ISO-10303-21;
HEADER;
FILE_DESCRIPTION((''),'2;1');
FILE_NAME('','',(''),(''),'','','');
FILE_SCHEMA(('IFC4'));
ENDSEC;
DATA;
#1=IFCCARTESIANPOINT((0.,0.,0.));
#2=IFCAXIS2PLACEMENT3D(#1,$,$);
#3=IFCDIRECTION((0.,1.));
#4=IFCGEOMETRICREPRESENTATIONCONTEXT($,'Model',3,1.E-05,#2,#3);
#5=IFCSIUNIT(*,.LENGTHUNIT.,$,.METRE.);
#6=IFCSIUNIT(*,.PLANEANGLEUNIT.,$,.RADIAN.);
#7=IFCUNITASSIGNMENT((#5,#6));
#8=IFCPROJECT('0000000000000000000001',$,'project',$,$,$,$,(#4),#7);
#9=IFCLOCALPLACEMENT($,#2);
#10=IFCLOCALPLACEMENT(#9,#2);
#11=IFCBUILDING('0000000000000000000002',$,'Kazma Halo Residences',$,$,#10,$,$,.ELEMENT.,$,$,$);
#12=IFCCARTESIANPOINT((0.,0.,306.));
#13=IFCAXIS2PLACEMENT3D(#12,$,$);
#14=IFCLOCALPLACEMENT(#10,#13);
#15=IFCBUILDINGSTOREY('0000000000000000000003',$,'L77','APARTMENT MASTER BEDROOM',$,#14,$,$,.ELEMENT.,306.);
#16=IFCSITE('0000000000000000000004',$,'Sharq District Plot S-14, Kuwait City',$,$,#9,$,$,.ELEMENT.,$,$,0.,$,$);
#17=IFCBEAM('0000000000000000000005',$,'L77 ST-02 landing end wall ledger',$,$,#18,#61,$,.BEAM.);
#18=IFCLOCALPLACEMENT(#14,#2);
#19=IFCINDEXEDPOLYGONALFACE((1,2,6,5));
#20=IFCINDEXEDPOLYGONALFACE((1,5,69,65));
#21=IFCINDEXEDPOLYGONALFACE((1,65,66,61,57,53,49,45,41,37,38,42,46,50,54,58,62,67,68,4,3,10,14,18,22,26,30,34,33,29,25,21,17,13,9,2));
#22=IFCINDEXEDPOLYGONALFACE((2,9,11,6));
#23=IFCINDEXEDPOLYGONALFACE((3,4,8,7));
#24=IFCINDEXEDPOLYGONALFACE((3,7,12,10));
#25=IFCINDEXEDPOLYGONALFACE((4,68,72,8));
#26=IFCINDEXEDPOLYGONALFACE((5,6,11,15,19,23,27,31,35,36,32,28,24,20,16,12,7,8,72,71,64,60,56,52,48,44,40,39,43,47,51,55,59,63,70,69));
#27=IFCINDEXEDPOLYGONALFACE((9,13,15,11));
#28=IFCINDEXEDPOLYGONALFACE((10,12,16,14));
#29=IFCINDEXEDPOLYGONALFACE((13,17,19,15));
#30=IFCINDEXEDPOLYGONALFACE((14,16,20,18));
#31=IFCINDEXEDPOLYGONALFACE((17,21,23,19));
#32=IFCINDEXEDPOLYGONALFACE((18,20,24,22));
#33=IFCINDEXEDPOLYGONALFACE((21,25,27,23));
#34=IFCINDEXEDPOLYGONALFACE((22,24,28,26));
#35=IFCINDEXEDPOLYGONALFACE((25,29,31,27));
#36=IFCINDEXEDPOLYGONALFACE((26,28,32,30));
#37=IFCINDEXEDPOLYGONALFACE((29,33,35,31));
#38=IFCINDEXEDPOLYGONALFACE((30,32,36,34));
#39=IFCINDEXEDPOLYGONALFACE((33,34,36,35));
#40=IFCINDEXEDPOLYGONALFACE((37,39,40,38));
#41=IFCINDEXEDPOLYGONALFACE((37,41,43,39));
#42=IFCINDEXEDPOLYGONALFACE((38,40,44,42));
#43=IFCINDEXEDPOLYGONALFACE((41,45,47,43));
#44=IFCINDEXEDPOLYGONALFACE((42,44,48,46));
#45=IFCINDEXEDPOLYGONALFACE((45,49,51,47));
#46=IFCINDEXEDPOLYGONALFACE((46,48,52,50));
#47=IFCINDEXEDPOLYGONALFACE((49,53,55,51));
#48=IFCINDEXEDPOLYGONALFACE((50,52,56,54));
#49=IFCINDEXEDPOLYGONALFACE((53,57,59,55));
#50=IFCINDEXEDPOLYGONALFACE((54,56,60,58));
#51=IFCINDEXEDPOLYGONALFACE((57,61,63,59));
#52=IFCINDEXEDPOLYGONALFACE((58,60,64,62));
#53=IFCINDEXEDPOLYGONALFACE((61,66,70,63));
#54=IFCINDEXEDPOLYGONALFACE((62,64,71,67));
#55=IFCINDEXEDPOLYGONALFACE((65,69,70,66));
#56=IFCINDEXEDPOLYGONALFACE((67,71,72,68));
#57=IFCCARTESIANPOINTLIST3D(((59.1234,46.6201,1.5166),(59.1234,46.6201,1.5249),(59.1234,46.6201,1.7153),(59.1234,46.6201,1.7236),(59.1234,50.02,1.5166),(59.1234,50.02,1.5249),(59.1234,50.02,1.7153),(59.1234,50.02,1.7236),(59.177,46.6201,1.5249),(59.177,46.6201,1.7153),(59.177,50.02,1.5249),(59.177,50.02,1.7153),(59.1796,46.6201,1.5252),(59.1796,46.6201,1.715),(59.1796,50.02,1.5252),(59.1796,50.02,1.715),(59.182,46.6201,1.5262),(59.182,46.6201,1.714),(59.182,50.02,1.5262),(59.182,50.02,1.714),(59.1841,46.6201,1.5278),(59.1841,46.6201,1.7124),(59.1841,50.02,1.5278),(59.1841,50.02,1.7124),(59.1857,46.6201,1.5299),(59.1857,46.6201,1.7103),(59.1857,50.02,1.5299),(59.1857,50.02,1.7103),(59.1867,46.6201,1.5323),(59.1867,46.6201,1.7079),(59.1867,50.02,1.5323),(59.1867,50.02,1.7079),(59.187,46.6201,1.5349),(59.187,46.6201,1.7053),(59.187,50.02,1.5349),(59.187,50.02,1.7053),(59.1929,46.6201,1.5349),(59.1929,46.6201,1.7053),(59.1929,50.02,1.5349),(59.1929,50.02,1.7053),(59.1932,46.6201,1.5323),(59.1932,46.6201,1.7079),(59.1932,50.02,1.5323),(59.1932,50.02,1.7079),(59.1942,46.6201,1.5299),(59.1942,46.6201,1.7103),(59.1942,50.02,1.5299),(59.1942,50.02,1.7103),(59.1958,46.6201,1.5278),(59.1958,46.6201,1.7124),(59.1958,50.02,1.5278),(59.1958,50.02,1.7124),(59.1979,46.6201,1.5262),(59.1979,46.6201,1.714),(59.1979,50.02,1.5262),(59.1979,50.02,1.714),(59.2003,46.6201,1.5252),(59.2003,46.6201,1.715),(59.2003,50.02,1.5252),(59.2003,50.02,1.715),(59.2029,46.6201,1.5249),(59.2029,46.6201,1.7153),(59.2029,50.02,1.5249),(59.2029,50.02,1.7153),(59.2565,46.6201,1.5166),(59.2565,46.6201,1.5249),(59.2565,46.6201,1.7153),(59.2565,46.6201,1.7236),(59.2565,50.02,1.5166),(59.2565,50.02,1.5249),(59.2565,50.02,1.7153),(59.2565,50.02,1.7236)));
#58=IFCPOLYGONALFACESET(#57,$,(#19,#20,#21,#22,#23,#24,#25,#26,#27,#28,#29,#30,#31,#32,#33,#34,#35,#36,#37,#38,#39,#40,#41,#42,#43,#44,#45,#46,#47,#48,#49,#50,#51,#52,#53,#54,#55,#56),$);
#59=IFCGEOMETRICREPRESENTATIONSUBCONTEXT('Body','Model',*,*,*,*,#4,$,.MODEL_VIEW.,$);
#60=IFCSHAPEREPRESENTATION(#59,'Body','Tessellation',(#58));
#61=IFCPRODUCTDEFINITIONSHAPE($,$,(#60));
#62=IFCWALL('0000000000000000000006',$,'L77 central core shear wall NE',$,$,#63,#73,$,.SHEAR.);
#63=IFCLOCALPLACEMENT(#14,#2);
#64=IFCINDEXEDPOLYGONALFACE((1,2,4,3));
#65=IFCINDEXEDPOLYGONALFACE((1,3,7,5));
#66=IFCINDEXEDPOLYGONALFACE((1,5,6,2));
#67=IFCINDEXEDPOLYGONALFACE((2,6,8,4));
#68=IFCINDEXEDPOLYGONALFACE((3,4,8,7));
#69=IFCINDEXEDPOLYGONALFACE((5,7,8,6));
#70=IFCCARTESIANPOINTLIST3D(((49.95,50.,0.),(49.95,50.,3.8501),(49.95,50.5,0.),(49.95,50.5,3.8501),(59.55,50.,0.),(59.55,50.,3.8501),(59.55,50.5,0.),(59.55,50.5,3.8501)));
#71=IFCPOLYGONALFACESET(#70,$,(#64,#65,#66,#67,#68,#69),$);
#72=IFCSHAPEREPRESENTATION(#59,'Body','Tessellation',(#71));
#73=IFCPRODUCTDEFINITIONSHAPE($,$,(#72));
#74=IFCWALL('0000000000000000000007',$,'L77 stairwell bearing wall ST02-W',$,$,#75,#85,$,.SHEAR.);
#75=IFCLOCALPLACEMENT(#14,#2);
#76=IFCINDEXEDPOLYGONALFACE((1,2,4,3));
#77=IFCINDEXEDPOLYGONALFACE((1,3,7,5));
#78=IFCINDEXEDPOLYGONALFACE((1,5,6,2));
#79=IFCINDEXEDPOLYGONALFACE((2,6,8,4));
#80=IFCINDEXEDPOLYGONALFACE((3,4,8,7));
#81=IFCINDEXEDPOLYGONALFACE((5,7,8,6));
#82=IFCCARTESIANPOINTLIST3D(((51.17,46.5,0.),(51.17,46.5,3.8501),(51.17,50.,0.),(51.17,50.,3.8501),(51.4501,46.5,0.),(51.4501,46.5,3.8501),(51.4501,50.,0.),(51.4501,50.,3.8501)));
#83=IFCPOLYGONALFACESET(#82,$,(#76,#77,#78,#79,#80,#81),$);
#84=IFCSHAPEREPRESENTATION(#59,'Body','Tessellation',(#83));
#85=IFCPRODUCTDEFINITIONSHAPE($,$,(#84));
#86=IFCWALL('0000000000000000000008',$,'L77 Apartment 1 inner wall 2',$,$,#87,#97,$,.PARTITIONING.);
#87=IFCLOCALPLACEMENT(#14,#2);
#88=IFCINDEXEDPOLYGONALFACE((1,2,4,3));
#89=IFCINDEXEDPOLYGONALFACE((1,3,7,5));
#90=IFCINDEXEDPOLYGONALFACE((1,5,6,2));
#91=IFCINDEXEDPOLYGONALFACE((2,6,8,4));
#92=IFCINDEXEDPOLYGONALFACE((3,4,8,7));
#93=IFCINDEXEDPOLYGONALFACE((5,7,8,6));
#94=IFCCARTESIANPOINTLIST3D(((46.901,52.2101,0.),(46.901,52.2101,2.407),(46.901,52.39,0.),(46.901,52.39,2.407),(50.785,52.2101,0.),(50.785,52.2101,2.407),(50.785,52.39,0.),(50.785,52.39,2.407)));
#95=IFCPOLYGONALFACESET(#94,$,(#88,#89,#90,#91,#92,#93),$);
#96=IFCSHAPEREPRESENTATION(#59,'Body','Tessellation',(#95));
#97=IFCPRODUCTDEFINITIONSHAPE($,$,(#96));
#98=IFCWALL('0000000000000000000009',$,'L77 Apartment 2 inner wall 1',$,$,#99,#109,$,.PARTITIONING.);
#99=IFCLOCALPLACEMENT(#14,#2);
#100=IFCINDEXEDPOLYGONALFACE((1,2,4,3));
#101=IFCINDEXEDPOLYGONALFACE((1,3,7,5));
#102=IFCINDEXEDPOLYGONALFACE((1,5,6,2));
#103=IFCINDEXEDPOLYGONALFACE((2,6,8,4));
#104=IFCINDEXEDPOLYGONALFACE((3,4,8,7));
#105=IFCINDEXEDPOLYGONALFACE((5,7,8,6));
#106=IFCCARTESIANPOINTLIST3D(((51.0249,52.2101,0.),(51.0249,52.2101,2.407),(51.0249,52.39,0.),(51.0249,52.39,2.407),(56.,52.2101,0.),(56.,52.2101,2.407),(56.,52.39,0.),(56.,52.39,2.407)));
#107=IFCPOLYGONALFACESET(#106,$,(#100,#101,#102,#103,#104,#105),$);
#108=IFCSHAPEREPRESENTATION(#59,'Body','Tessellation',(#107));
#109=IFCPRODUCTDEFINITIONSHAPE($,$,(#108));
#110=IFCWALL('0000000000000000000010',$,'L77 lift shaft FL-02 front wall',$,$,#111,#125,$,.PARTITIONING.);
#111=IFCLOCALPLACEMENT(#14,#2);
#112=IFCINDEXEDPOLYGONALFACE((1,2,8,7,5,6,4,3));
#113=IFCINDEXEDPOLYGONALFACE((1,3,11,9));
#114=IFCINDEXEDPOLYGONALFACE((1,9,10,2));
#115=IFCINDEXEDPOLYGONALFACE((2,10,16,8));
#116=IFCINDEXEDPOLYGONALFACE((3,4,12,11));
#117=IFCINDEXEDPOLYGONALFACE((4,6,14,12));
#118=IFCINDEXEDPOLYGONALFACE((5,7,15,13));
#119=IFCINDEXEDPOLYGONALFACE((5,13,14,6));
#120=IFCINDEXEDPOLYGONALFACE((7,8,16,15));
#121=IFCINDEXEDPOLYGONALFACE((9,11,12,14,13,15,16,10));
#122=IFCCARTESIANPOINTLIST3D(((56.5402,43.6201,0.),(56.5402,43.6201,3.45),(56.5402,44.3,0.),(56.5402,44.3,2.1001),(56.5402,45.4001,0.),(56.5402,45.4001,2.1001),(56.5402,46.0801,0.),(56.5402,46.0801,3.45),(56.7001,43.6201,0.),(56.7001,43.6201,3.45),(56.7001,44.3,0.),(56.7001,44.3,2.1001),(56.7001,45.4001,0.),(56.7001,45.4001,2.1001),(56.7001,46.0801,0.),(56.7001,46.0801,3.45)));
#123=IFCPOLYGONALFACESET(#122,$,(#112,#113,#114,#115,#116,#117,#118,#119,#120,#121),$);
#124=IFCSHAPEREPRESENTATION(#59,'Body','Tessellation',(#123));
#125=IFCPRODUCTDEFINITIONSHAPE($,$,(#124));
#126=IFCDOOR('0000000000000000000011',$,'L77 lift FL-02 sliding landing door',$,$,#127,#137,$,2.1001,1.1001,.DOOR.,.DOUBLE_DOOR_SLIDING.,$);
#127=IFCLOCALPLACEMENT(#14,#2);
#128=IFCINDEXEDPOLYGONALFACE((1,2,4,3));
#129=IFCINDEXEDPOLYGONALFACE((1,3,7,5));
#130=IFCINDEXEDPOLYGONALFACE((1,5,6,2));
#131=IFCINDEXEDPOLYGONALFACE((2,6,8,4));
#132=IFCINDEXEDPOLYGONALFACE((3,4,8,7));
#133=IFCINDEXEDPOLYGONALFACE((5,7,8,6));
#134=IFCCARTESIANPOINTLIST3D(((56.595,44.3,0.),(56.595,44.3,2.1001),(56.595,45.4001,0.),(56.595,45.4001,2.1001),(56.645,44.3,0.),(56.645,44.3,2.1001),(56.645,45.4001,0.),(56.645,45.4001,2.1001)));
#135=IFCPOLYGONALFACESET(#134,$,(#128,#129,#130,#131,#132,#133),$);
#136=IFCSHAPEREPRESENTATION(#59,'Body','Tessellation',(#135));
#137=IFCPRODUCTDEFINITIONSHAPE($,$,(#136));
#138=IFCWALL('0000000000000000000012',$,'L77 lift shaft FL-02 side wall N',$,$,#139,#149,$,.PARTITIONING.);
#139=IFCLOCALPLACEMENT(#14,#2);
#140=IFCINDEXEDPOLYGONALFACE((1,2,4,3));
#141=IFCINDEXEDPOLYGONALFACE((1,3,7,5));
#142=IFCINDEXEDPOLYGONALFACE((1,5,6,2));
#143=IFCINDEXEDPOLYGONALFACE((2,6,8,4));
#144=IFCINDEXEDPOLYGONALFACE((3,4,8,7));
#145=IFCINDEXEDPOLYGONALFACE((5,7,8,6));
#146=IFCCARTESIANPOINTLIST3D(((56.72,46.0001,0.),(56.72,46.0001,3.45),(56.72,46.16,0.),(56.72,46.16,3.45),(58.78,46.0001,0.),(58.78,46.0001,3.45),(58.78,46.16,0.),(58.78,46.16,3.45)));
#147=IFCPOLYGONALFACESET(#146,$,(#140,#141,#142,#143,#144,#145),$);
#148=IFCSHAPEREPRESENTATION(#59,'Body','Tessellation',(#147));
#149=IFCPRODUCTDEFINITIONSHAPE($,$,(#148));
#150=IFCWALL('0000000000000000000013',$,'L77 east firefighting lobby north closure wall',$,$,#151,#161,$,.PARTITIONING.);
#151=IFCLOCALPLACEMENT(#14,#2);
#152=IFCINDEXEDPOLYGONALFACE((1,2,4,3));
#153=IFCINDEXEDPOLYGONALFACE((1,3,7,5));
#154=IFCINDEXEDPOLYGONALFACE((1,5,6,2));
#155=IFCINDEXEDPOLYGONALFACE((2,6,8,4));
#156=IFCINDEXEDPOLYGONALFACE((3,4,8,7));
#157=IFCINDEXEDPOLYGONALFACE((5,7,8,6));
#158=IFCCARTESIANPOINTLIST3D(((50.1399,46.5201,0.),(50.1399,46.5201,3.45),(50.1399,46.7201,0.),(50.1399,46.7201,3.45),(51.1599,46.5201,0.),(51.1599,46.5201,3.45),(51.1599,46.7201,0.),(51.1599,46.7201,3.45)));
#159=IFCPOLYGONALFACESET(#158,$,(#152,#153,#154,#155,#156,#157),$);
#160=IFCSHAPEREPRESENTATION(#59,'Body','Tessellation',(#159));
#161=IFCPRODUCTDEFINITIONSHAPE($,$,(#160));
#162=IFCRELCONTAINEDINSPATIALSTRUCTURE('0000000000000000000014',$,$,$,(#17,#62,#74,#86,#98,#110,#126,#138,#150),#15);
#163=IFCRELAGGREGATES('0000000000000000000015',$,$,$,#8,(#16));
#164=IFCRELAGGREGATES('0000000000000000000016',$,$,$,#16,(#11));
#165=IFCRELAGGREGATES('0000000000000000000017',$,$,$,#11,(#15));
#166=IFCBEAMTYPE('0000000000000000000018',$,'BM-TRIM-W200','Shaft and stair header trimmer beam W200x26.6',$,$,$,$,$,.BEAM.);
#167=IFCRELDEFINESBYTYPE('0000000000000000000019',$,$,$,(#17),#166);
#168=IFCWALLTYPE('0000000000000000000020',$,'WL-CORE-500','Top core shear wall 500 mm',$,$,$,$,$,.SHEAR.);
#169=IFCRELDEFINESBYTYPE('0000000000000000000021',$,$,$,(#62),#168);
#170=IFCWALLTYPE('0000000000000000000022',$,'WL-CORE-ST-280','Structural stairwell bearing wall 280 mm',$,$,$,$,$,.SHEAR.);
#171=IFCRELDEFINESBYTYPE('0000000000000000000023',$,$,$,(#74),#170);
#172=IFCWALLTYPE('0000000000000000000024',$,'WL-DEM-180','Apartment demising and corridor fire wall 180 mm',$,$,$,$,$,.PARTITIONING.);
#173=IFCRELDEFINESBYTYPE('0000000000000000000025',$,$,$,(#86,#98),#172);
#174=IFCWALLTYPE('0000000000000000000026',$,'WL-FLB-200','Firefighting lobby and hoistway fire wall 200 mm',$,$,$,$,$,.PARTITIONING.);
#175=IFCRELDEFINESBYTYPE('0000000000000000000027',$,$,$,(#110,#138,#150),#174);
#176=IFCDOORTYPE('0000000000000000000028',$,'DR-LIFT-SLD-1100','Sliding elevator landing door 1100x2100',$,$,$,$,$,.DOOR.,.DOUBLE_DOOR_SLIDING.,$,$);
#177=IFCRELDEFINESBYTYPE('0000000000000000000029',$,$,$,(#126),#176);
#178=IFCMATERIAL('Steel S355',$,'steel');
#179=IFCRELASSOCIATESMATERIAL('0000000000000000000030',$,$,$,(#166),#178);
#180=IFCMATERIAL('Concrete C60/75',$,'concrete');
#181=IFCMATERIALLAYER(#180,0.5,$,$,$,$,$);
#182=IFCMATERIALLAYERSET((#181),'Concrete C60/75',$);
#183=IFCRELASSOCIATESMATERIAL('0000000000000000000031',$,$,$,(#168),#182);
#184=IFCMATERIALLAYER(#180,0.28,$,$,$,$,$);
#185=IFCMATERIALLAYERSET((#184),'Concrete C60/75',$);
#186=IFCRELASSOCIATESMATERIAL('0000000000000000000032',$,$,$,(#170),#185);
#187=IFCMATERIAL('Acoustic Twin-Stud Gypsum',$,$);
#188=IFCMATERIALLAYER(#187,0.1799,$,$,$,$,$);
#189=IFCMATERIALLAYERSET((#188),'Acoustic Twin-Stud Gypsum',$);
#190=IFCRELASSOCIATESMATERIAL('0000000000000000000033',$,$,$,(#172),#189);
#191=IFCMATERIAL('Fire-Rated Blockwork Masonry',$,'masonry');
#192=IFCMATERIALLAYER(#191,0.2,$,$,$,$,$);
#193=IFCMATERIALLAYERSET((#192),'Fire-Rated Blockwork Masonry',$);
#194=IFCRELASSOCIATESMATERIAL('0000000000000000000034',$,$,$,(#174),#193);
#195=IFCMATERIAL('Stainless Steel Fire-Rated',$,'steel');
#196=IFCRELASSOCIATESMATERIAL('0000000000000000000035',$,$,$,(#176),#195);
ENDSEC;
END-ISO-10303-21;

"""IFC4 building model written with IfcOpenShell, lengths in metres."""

from ifc_helpers import new_model, si_unit, direction, frame, frame_2d, origin, origin_2d, place, context, subcontext, project, spatial, rectangle, i_section, extrude, material, layer, layer_set, material_profile, profile_set, type_object, element, fill, save


model = new_model("IFC4")

# Units and contexts
model_context = context("Model", 3, precision=1e-05, world=origin(), true_north=direction((0.0, 1.0)))
body_context = subcontext(model_context, "Body", "Model", "MODEL_VIEW")
ifc_project = project(units=[si_unit("LENGTHUNIT", "METRE"), si_unit("PLANEANGLEUNIT", "RADIAN")], contexts=[model_context])

# Site, building, storey
site_placement = place(None, origin())
site = spatial("IfcSite", under=ifc_project, at=site_placement, Name="Sharq District Plot S-14, Kuwait City", CompositionType="ELEMENT", RefElevation=0.0)
building_placement = place(site_placement, origin())
building = spatial("IfcBuilding", under=site, at=building_placement, Name="Kazma Halo Residences", CompositionType="ELEMENT")
storey_placement = place(building_placement, frame((0.0, 0.0, 306.0)))
storey = spatial("IfcBuildingStorey", under=building, at=storey_placement, Name="L77", Description="APARTMENT MASTER BEDROOM", CompositionType="ELEMENT", Elevation=306.0)

# Shared definitions
ifc_material_1 = material(Name="Steel S355", Category="steel")

# Beam
ifc_material_profile_1 = material_profile(ifc_material_1, i_section(OverallWidth=0.1331, OverallDepth=0.207, WebThickness=0.0059, FlangeThickness=0.0083, FilletRadius=0.01, at=origin_2d()), Name="W200x26.6")
ifc_profile_set_1 = profile_set([ifc_material_profile_1], Name="Steel S355")
beam_type_1 = type_object("IfcBeamType", Name="BM-TRIM-W200", Description="Shaft and stair header trimmer beam W200x26.6", PredefinedType="BEAM", material=ifc_profile_set_1)
beam_1_placement = place(storey_placement, frame((59.1899, 46.6201, 1.6201), z_axis=(0.0, 1.0, 0.0), x_axis=(-1.0, 0.0, 0.0)))
element("IfcBeam", 1, at=beam_1_placement, inside=storey, type_object=beam_type_1, Name="L77 ST-02 landing end wall ledger", PredefinedType="BEAM", context=body_context, shape_type="SweptSolid", body=[
    extrude(i_section(OverallWidth=0.1331, OverallDepth=0.207, WebThickness=0.0059, FlangeThickness=0.0083, FilletRadius=0.01, at=origin_2d()), origin(), (0.0, 0.0, 1.0), 3.3999),
])

# Walls
ifc_material_2 = material(Name="Concrete C60/75", Category="concrete")
ifc_layer_1 = layer(ifc_material_2, 0.5)
ifc_layer_set_1 = layer_set([ifc_layer_1], Name="Concrete C60/75")
wall_type_1 = type_object("IfcWallType", Name="WL-CORE-500", Description="Top core shear wall 500 mm", PredefinedType="SHEAR", material=ifc_layer_set_1)
wall_1_placement = place(storey_placement, frame((49.95, 50.25, 0.0), z_axis=(0.0, 0.0, 1.0), x_axis=(1.0, 0.0, 0.0)))
element("IfcWall", 2, at=wall_1_placement, inside=storey, type_object=wall_type_1, Name="L77 central core shear wall NE", PredefinedType="SHEAR", context=body_context, shape_type="SweptSolid", body=[
    extrude(rectangle(XDim=9.6001, YDim=0.5, at=frame_2d((4.8, 0.0))), origin(), (0.0, 0.0, 1.0), 3.8501),
])
ifc_layer_2 = layer(ifc_material_2, 0.28)
ifc_layer_set_2 = layer_set([ifc_layer_2], Name="Concrete C60/75")
wall_type_2 = type_object("IfcWallType", Name="WL-CORE-ST-280", Description="Structural stairwell bearing wall 280 mm", PredefinedType="SHEAR", material=ifc_layer_set_2)
wall_2_placement = place(storey_placement, frame((51.3101, 46.5, 0.0), z_axis=(0.0, 0.0, 1.0), x_axis=(0.0, 1.0, 0.0)))
element("IfcWall", 3, at=wall_2_placement, inside=storey, type_object=wall_type_2, Name="L77 stairwell bearing wall ST02-W", PredefinedType="SHEAR", context=body_context, shape_type="SweptSolid", body=[
    extrude(rectangle(XDim=3.5, YDim=0.28, at=frame_2d((1.75, 0.0))), origin(), (0.0, 0.0, 1.0), 3.8501),
])
ifc_material_3 = material(Name="Acoustic Twin-Stud Gypsum")
ifc_layer_3 = layer(ifc_material_3, 0.1799)
ifc_layer_set_3 = layer_set([ifc_layer_3], Name="Acoustic Twin-Stud Gypsum")
wall_type_3 = type_object("IfcWallType", Name="WL-DEM-180", Description="Apartment demising and corridor fire wall 180 mm", PredefinedType="PARTITIONING", material=ifc_layer_set_3)
wall_3_placement = place(storey_placement, frame((50.7849, 52.3, 0.0), z_axis=(0.0, 0.0, 1.0), x_axis=(-1.0, 0.0, 0.0)))
element("IfcWall", 4, at=wall_3_placement, inside=storey, type_object=wall_type_3, Name="L77 Apartment 1 inner wall 2", PredefinedType="PARTITIONING", context=body_context, shape_type="SweptSolid", body=[
    extrude(rectangle(XDim=3.884, YDim=0.1799, at=frame_2d((1.9419, 0.0))), origin(), (0.0, 0.0, 1.0), 2.407),
])
wall_4_placement = place(storey_placement, frame((56.0, 52.3, 0.0), z_axis=(0.0, 0.0, 1.0), x_axis=(-1.0, 0.0, 0.0)))
element("IfcWall", 5, at=wall_4_placement, inside=storey, type_object=wall_type_3, Name="L77 Apartment 2 inner wall 1", PredefinedType="PARTITIONING", context=body_context, shape_type="SweptSolid", body=[
    extrude(rectangle(XDim=4.9751, YDim=0.1799, at=frame_2d((2.4875, 0.0))), origin(), (0.0, 0.0, 1.0), 2.407),
])

# Wall, opening, door
ifc_material_4 = material(Name="Fire-Rated Blockwork Masonry", Category="masonry")
ifc_layer_4 = layer(ifc_material_4, 0.2)
ifc_layer_set_4 = layer_set([ifc_layer_4], Name="Fire-Rated Blockwork Masonry")
wall_type_4 = type_object("IfcWallType", Name="WL-FLB-200", Description="Firefighting lobby and hoistway fire wall 200 mm", PredefinedType="PARTITIONING", material=ifc_layer_set_4)
wall_5_placement = place(storey_placement, frame((56.6201, 46.0801, 0.0), z_axis=(0.0, 0.0, 1.0), x_axis=(0.0, -1.0, 0.0)))
wall_5 = element("IfcWall", 6, at=wall_5_placement, inside=storey, type_object=wall_type_4, Name="L77 lift shaft FL-02 front wall", PredefinedType="PARTITIONING", context=body_context, shape_type="SweptSolid", body=[
    extrude(rectangle(XDim=2.46, YDim=0.1599, at=frame_2d((1.23, 0.0))), origin(), (0.0, 0.0, 1.0), 3.45),
])
opening_1_placement = place(wall_5_placement, frame((0.6799, 0.0, 0.0)))
opening_1 = element("IfcOpeningElement", 7, at=opening_1_placement, cuts=wall_5, PredefinedType="OPENING", context=body_context, shape_type="SweptSolid", body=[
    extrude(rectangle(XDim=1.1001, YDim=2.1001, at=frame_2d((0.55, 1.05))), frame((0.0, 0.0898, 0.0), z_axis=(0.0, -1.0, 0.0), x_axis=(1.0, 0.0, 0.0)), (0.0, 0.0, 1.0), 0.1799),
])
ifc_material_5 = material(Name="Stainless Steel Fire-Rated", Category="steel")
door_type_1 = type_object("IfcDoorType", Name="DR-LIFT-SLD-1100", Description="Sliding elevator landing door 1100x2100", OperationType="DOUBLE_DOOR_SLIDING", PredefinedType="DOOR", material=ifc_material_5)
door_1_placement = place(opening_1_placement, origin())
door_1 = element("IfcDoor", 8, at=door_1_placement, inside=storey, type_object=door_type_1, Name="L77 lift FL-02 sliding landing door", OperationType="DOUBLE_DOOR_SLIDING", OverallHeight=2.1001, OverallWidth=1.1001, PredefinedType="DOOR", context=body_context, shape_type="SweptSolid", body=[
    extrude(rectangle(XDim=1.1001, YDim=2.1001, at=frame_2d((0.55, 1.05))), frame((0.0, 0.0249, 0.0), z_axis=(0.0, -1.0, 0.0), x_axis=(1.0, 0.0, 0.0)), (0.0, 0.0, 1.0), 0.05),
])
fill(opening_1, door_1)

# Walls
wall_6_placement = place(storey_placement, frame((56.72, 46.0801, 0.0), z_axis=(0.0, 0.0, 1.0), x_axis=(1.0, 0.0, 0.0)))
element("IfcWall", 9, at=wall_6_placement, inside=storey, type_object=wall_type_4, Name="L77 lift shaft FL-02 side wall N", PredefinedType="PARTITIONING", context=body_context, shape_type="SweptSolid", body=[
    extrude(rectangle(XDim=2.0601, YDim=0.1599, at=frame_2d((1.03, 0.0))), origin(), (0.0, 0.0, 1.0), 3.45),
])
wall_7_placement = place(storey_placement, frame((50.1399, 46.6201, 0.0), z_axis=(0.0, 0.0, 1.0), x_axis=(1.0, 0.0, 0.0)))
element("IfcWall", 10, at=wall_7_placement, inside=storey, type_object=wall_type_4, Name="L77 east firefighting lobby north closure wall", PredefinedType="PARTITIONING", context=body_context, shape_type="SweptSolid", body=[
    extrude(rectangle(XDim=1.02, YDim=0.2, at=frame_2d((0.51, 0.0))), origin(), (0.0, 0.0, 1.0), 3.45),
])

save(model, "model.ifc")
